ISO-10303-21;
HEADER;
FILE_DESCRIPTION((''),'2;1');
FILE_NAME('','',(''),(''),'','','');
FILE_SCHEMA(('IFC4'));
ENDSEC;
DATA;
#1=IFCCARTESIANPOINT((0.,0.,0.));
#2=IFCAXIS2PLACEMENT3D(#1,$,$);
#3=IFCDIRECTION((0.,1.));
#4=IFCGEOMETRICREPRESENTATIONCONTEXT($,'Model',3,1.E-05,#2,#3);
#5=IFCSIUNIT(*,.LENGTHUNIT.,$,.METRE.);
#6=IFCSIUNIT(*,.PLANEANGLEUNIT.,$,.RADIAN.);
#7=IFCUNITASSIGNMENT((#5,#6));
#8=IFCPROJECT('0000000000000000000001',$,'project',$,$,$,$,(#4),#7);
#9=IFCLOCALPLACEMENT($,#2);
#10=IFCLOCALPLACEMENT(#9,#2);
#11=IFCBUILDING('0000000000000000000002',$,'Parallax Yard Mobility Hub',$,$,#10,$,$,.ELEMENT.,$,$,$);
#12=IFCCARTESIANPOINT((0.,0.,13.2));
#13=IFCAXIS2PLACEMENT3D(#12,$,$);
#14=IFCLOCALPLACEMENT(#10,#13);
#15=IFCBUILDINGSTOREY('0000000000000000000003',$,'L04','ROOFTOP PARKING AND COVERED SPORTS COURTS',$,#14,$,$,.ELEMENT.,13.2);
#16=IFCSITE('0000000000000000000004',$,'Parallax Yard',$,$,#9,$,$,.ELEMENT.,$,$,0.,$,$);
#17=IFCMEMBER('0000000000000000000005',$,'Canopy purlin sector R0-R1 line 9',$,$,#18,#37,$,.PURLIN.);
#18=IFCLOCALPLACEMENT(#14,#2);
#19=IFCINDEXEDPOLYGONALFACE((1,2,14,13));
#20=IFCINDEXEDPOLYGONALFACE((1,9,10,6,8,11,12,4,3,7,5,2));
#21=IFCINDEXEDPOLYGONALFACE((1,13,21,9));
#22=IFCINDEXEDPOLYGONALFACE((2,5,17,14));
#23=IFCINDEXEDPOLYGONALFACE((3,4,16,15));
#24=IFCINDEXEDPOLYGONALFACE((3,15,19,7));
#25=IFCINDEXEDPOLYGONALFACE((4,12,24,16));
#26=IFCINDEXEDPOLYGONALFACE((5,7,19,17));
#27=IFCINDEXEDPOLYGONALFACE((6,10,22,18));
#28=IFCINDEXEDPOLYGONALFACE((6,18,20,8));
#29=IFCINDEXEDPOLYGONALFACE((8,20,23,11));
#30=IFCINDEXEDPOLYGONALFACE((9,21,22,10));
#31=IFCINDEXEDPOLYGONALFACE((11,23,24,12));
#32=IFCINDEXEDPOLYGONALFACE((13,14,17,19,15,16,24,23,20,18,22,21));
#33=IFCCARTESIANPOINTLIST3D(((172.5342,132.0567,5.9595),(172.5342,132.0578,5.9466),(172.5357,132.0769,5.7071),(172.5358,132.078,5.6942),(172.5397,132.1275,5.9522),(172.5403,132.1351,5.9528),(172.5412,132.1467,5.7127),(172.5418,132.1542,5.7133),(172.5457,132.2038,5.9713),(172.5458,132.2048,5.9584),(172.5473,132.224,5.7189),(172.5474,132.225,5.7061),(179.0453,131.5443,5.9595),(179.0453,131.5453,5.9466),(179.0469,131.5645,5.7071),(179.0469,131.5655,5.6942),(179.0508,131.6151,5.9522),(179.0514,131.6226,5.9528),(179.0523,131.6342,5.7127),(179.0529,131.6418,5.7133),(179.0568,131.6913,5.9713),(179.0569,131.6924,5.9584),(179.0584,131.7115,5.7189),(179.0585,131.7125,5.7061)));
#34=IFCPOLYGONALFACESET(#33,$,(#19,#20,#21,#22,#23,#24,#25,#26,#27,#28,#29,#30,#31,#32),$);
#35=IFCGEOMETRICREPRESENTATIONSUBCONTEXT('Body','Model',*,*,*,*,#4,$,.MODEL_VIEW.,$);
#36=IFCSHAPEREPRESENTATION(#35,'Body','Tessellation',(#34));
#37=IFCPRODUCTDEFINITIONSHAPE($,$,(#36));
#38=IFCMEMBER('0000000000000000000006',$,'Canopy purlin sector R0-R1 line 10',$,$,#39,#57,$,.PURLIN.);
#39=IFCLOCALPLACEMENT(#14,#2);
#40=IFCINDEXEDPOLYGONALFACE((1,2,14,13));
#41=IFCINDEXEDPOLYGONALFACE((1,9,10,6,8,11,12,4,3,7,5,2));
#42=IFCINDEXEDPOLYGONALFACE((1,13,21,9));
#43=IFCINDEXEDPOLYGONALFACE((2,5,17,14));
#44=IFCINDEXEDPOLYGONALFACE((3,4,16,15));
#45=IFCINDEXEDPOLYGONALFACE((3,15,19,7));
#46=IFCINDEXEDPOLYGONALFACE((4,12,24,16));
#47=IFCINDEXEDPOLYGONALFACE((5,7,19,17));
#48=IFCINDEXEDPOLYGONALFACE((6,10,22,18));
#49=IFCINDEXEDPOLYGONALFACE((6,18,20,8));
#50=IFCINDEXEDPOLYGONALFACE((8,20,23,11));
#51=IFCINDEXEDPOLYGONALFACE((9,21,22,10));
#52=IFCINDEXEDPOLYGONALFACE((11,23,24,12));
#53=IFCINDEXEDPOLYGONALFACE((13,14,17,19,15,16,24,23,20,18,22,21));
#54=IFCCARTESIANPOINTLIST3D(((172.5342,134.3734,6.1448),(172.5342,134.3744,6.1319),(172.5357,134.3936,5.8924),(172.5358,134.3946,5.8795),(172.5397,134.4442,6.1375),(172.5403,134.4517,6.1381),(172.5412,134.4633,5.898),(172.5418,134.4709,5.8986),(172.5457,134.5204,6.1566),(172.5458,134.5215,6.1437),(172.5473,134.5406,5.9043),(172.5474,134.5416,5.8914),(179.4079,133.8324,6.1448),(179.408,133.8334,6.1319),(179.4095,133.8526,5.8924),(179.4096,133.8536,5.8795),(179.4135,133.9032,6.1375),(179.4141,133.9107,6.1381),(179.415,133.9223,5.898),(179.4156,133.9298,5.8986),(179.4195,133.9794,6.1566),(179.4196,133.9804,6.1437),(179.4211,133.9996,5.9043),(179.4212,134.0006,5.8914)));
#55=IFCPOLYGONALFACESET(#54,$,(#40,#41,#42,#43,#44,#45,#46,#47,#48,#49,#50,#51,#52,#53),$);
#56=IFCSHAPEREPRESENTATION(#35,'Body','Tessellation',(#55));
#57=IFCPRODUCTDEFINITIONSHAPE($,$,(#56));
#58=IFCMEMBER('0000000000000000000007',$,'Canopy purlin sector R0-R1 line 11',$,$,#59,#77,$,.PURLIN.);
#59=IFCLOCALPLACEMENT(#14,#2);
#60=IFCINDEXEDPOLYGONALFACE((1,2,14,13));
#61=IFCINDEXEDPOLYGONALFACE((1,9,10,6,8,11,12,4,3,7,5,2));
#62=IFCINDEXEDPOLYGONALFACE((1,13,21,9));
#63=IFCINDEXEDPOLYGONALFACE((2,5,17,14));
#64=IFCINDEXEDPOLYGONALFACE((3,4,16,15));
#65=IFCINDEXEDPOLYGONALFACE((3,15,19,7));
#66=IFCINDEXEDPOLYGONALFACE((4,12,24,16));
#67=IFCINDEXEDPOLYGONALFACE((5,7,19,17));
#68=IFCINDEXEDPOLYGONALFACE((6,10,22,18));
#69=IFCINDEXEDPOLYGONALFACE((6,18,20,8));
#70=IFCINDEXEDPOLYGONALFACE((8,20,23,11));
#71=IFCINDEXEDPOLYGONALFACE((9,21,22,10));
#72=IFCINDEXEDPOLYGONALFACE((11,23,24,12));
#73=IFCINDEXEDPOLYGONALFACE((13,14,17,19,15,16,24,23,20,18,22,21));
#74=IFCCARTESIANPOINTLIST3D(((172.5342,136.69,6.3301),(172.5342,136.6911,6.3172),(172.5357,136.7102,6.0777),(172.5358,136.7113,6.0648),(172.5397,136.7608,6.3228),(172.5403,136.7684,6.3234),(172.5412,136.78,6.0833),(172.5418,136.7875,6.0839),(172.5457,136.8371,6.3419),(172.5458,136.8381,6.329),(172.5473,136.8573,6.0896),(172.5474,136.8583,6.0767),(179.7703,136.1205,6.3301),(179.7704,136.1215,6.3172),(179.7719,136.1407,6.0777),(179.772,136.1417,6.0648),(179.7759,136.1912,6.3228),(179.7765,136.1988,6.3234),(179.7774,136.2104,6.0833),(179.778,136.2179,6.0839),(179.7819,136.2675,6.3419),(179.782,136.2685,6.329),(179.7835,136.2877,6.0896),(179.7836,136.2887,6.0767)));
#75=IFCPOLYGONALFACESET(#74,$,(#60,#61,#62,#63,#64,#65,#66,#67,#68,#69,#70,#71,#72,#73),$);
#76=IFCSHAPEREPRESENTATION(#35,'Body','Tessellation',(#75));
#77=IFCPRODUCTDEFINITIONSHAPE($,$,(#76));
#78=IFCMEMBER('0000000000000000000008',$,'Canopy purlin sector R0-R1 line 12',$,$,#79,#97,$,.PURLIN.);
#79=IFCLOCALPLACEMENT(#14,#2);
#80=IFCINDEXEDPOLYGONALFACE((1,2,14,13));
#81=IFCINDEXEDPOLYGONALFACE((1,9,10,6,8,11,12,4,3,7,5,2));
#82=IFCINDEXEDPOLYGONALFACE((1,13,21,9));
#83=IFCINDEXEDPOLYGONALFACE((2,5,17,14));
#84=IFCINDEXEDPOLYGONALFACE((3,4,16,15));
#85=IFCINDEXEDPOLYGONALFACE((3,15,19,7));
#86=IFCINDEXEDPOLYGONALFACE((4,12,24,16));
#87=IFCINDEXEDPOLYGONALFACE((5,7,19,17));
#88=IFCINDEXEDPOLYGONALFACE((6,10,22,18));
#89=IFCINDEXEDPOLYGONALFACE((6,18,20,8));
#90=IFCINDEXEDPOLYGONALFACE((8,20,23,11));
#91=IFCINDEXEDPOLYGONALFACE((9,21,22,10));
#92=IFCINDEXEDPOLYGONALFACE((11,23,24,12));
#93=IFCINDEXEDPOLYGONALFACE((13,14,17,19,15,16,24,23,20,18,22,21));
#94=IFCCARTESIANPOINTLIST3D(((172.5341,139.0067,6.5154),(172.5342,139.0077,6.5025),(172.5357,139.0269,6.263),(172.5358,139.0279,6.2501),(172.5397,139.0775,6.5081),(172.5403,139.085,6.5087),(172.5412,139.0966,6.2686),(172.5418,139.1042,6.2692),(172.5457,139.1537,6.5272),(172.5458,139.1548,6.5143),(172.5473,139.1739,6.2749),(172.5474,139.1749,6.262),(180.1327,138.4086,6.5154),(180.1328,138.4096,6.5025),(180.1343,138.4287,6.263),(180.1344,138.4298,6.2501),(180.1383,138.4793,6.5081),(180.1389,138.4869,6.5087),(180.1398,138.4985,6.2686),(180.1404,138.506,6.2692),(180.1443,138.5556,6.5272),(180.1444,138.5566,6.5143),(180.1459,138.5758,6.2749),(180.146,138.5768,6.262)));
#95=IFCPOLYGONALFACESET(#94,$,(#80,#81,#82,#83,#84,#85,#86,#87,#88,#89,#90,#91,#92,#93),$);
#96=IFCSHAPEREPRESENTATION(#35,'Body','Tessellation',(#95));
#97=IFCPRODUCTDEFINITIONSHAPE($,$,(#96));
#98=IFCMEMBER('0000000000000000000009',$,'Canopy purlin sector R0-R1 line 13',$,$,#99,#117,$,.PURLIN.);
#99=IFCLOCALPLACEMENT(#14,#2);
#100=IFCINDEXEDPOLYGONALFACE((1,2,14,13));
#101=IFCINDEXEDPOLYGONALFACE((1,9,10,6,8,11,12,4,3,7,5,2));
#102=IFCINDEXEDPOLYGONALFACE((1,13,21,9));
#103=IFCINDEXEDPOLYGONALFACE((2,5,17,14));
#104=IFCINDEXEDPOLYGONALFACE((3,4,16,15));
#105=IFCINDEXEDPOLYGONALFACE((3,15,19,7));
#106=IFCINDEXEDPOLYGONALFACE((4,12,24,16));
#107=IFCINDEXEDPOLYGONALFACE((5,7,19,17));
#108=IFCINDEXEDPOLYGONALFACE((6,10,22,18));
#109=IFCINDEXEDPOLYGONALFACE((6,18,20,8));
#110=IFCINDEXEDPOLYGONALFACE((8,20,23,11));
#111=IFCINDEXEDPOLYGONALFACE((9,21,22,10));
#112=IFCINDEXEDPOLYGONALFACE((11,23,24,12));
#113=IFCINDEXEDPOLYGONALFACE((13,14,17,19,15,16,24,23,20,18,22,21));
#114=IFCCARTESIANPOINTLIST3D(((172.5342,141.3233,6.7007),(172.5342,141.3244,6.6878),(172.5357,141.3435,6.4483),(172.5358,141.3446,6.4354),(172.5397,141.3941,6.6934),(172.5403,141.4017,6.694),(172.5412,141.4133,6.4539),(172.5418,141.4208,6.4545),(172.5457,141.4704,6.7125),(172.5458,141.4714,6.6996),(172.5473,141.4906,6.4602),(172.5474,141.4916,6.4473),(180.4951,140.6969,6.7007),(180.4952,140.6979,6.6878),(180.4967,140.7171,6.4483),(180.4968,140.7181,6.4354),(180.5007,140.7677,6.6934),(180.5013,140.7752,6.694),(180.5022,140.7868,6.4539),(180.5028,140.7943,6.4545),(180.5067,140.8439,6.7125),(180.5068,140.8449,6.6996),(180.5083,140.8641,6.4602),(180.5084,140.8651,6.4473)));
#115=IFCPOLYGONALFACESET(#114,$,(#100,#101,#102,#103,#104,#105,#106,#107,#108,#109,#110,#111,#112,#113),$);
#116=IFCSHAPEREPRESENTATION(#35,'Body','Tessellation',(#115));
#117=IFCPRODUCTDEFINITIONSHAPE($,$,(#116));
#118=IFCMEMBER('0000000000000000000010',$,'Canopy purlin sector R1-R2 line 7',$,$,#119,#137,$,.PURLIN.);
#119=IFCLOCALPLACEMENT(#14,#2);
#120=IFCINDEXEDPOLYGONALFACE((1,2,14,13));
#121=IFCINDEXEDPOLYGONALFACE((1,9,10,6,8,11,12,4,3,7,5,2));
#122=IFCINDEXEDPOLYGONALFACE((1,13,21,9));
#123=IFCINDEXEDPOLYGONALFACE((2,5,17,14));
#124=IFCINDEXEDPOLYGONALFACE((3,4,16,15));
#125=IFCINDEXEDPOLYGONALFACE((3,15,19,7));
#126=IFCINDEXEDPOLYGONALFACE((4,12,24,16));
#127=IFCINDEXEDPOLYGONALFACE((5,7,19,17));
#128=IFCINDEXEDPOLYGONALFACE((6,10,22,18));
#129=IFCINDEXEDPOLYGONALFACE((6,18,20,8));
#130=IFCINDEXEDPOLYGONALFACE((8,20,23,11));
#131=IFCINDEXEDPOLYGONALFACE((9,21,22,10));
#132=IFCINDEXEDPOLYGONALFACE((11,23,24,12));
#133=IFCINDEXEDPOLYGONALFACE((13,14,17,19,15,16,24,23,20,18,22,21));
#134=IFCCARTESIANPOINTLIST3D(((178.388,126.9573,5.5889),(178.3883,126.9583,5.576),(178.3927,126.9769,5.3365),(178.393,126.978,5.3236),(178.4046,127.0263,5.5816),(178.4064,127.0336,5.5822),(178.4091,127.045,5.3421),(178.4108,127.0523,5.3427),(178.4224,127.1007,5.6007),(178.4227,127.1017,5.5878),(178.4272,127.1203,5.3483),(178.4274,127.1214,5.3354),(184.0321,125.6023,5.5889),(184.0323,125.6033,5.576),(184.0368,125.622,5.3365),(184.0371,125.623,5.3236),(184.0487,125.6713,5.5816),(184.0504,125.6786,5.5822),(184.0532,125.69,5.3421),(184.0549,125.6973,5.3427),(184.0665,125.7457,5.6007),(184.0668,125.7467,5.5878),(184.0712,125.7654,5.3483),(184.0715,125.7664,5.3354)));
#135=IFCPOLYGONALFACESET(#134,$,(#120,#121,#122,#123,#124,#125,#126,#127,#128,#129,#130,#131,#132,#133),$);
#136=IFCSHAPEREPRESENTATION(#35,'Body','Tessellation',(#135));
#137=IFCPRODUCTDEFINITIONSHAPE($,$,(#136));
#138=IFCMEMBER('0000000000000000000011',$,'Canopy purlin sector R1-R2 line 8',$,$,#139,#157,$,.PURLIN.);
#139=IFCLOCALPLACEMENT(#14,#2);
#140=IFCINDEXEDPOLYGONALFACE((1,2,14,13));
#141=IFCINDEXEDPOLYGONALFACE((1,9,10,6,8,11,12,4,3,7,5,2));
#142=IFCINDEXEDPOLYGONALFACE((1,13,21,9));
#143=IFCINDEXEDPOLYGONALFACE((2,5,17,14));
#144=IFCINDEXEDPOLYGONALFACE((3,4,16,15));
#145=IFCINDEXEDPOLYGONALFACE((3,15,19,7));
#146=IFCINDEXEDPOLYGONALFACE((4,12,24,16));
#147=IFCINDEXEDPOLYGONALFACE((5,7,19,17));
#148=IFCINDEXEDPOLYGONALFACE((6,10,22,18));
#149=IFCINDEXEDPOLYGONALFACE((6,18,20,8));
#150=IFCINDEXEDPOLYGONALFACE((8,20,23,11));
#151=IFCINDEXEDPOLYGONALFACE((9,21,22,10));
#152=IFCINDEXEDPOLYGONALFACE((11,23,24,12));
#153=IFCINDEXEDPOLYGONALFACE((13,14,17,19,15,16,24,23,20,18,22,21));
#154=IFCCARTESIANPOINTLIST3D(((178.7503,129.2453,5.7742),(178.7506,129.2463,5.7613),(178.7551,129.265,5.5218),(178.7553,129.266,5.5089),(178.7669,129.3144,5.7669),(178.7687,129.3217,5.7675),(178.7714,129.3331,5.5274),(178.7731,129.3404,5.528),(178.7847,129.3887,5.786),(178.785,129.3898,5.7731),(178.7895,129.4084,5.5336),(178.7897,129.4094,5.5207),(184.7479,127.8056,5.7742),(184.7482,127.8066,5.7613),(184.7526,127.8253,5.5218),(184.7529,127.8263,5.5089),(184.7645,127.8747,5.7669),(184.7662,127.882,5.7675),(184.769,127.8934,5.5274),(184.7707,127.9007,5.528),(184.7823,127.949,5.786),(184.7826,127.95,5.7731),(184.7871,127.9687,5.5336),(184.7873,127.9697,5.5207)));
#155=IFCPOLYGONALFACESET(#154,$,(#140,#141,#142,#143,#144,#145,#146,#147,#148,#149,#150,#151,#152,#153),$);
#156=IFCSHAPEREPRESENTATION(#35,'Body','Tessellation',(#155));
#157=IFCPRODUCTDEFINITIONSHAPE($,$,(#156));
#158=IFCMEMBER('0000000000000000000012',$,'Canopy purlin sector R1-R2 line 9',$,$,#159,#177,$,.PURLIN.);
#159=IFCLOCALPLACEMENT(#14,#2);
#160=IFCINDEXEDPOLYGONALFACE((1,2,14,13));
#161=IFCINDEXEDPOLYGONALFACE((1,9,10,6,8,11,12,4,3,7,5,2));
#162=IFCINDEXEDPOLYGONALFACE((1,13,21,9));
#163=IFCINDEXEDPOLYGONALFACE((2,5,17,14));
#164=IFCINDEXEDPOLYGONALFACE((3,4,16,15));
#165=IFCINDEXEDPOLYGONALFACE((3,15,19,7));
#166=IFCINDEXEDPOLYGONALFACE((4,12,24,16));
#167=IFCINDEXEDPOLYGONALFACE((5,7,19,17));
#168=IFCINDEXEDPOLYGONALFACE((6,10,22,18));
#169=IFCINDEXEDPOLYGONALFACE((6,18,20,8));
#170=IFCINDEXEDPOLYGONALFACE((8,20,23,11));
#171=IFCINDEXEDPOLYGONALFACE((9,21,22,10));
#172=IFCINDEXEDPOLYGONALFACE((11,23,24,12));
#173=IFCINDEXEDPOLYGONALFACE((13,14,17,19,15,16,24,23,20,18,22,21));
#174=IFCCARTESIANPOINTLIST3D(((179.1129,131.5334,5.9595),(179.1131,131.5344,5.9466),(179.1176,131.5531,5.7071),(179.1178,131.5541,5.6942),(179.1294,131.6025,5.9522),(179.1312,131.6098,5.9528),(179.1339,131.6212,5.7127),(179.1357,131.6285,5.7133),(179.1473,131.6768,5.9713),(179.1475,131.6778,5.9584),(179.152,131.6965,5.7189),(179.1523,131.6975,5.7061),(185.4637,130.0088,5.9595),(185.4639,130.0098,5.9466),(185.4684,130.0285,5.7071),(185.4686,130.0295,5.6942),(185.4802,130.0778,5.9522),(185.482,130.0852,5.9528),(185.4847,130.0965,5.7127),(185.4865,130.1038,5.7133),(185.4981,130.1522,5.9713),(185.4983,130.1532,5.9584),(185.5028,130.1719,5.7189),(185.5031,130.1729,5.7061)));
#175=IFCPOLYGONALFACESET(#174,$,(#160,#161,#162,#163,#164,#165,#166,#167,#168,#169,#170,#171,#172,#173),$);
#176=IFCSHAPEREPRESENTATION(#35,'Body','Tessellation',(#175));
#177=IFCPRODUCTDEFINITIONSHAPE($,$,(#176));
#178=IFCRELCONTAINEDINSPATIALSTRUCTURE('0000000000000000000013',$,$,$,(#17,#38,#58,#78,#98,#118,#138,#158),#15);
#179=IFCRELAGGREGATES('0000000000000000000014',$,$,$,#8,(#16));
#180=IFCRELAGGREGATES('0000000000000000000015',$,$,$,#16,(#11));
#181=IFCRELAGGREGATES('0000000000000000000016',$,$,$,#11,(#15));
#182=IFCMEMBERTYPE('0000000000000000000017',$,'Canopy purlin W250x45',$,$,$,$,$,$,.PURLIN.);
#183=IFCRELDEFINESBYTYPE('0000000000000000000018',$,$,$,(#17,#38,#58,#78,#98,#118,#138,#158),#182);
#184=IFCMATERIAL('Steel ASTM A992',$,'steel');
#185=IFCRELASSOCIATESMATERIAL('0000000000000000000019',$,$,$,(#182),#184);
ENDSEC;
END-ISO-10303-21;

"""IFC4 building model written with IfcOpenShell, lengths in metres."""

from ifc_helpers import new_model, si_unit, direction, frame, origin, origin_2d, place, context, subcontext, project, spatial, i_section, extrude, material, material_profile, profile_set, type_object, element, save


model = new_model("IFC4")

# Units and contexts
model_context = context("Model", 3, precision=1e-05, world=origin(), true_north=direction((0.0, 1.0)))
body_context = subcontext(model_context, "Body", "Model", "MODEL_VIEW")
ifc_project = project(units=[si_unit("LENGTHUNIT", "METRE"), si_unit("PLANEANGLEUNIT", "RADIAN")], contexts=[model_context])

# Site, building, storey
site_placement = place(None, origin())
site = spatial("IfcSite", under=ifc_project, at=site_placement, Name="Parallax Yard", CompositionType="ELEMENT", RefElevation=0.0)
building_placement = place(site_placement, origin())
building = spatial("IfcBuilding", under=site, at=building_placement, Name="Parallax Yard Mobility Hub", CompositionType="ELEMENT")
storey_placement = place(building_placement, frame((0.0, 0.0, 13.2)))
storey = spatial("IfcBuildingStorey", under=building, at=storey_placement, Name="L04", Description="ROOFTOP PARKING AND COVERED SPORTS COURTS", CompositionType="ELEMENT", Elevation=13.2)

# Members
ifc_material_1 = material(Name="Steel ASTM A992", Category="steel")
ifc_material_profile_1 = material_profile(ifc_material_1, i_section(OverallWidth=0.1479, OverallDepth=0.2661, WebThickness=0.0076, FlangeThickness=0.0129, at=origin_2d()), Name="W250x45")
ifc_profile_set_1 = profile_set([ifc_material_profile_1], Name="Steel ASTM A992")
member_type_1 = type_object("IfcMemberType", Name="Canopy purlin W250x45", PredefinedType="PURLIN", material=ifc_profile_set_1)
member_1_placement = place(storey_placement, frame((172.5408, 132.1409, 5.8328), z_axis=(0.996917, -0.07846, 0.0), x_axis=(0.078209, 0.993723, 0.07999)))
element("IfcMember", 1, at=member_1_placement, inside=storey, type_object=member_type_1, Name="Canopy purlin sector R0-R1 line 9", PredefinedType="PURLIN", context=body_context, shape_type="SweptSolid", body=[
    extrude(i_section(OverallWidth=0.1479, OverallDepth=0.2661, WebThickness=0.0076, FlangeThickness=0.0129, at=origin_2d()), origin(), (0.0, 0.0, 1.0), 6.5312),
])
member_2_placement = place(storey_placement, frame((172.5408, 134.4575, 6.0181), z_axis=(0.996917, -0.078464, 0.0), x_axis=(0.078213, 0.993722, 0.07999)))
element("IfcMember", 2, at=member_2_placement, inside=storey, type_object=member_type_1, Name="Canopy purlin sector R0-R1 line 10", PredefinedType="PURLIN", context=body_context, shape_type="SweptSolid", body=[
    extrude(i_section(OverallWidth=0.1479, OverallDepth=0.2661, WebThickness=0.0076, FlangeThickness=0.0129, at=origin_2d()), origin(), (0.0, 0.0, 1.0), 6.895),
])
member_3_placement = place(storey_placement, frame((172.5408, 136.7742, 6.2034), z_axis=(0.996916, -0.078471, 0.0), x_axis=(0.07822, 0.993722, 0.07999)))
element("IfcMember", 3, at=member_3_placement, inside=storey, type_object=member_type_1, Name="Canopy purlin sector R0-R1 line 11", PredefinedType="PURLIN", context=body_context, shape_type="SweptSolid", body=[
    extrude(i_section(OverallWidth=0.1479, OverallDepth=0.2661, WebThickness=0.0076, FlangeThickness=0.0129, at=origin_2d()), origin(), (0.0, 0.0, 1.0), 7.2585),
])
member_4_placement = place(storey_placement, frame((172.5408, 139.0908, 6.3887), z_axis=(0.996916, -0.078475, 0.0), x_axis=(0.078223, 0.993722, 0.07999)))
element("IfcMember", 4, at=member_4_placement, inside=storey, type_object=member_type_1, Name="Canopy purlin sector R0-R1 line 12", PredefinedType="PURLIN", context=body_context, shape_type="SweptSolid", body=[
    extrude(i_section(OverallWidth=0.1479, OverallDepth=0.2661, WebThickness=0.0076, FlangeThickness=0.0129, at=origin_2d()), origin(), (0.0, 0.0, 1.0), 7.6221),
])
member_5_placement = place(storey_placement, frame((172.5408, 141.4075, 6.574), z_axis=(0.996918, -0.07845, 0.0), x_axis=(0.078198, 0.993724, 0.07999)))
element("IfcMember", 5, at=member_5_placement, inside=storey, type_object=member_type_1, Name="Canopy purlin sector R0-R1 line 13", PredefinedType="PURLIN", context=body_context, shape_type="SweptSolid", body=[
    extrude(i_section(OverallWidth=0.1479, OverallDepth=0.2661, WebThickness=0.0076, FlangeThickness=0.0129, at=origin_2d()), origin(), (0.0, 0.0, 1.0), 7.9856),
])
member_6_placement = place(storey_placement, frame((178.4077, 127.0393, 5.4622), z_axis=(0.972371, -0.23344, 0.0), x_axis=(0.232692, 0.969255, 0.07999)))
element("IfcMember", 6, at=member_6_placement, inside=storey, type_object=member_type_1, Name="Canopy purlin sector R1-R2 line 7", PredefinedType="PURLIN", context=body_context, shape_type="SweptSolid", body=[
    extrude(i_section(OverallWidth=0.1479, OverallDepth=0.2661, WebThickness=0.0076, FlangeThickness=0.0129, at=origin_2d()), origin(), (0.0, 0.0, 1.0), 5.8044),
])
member_7_placement = place(storey_placement, frame((178.77, 129.3274, 5.6475), z_axis=(0.972377, -0.233416, 0.0), x_axis=(0.232668, 0.969261, 0.07999)))
element("IfcMember", 7, at=member_7_placement, inside=storey, type_object=member_type_1, Name="Canopy purlin sector R1-R2 line 8", PredefinedType="PURLIN", context=body_context, shape_type="SweptSolid", body=[
    extrude(i_section(OverallWidth=0.1479, OverallDepth=0.2661, WebThickness=0.0076, FlangeThickness=0.0129, at=origin_2d()), origin(), (0.0, 0.0, 1.0), 6.168),
])
member_8_placement = place(storey_placement, frame((179.1326, 131.6155, 5.8328), z_axis=(0.972371, -0.233439, 0.0), x_axis=(0.232691, 0.969256, 0.07999)))
element("IfcMember", 8, at=member_8_placement, inside=storey, type_object=member_type_1, Name="Canopy purlin sector R1-R2 line 9", PredefinedType="PURLIN", context=body_context, shape_type="SweptSolid", body=[
    extrude(i_section(OverallWidth=0.1479, OverallDepth=0.2661, WebThickness=0.0076, FlangeThickness=0.0129, at=origin_2d()), origin(), (0.0, 0.0, 1.0), 6.5312),
])

save(model, "model.ifc")
